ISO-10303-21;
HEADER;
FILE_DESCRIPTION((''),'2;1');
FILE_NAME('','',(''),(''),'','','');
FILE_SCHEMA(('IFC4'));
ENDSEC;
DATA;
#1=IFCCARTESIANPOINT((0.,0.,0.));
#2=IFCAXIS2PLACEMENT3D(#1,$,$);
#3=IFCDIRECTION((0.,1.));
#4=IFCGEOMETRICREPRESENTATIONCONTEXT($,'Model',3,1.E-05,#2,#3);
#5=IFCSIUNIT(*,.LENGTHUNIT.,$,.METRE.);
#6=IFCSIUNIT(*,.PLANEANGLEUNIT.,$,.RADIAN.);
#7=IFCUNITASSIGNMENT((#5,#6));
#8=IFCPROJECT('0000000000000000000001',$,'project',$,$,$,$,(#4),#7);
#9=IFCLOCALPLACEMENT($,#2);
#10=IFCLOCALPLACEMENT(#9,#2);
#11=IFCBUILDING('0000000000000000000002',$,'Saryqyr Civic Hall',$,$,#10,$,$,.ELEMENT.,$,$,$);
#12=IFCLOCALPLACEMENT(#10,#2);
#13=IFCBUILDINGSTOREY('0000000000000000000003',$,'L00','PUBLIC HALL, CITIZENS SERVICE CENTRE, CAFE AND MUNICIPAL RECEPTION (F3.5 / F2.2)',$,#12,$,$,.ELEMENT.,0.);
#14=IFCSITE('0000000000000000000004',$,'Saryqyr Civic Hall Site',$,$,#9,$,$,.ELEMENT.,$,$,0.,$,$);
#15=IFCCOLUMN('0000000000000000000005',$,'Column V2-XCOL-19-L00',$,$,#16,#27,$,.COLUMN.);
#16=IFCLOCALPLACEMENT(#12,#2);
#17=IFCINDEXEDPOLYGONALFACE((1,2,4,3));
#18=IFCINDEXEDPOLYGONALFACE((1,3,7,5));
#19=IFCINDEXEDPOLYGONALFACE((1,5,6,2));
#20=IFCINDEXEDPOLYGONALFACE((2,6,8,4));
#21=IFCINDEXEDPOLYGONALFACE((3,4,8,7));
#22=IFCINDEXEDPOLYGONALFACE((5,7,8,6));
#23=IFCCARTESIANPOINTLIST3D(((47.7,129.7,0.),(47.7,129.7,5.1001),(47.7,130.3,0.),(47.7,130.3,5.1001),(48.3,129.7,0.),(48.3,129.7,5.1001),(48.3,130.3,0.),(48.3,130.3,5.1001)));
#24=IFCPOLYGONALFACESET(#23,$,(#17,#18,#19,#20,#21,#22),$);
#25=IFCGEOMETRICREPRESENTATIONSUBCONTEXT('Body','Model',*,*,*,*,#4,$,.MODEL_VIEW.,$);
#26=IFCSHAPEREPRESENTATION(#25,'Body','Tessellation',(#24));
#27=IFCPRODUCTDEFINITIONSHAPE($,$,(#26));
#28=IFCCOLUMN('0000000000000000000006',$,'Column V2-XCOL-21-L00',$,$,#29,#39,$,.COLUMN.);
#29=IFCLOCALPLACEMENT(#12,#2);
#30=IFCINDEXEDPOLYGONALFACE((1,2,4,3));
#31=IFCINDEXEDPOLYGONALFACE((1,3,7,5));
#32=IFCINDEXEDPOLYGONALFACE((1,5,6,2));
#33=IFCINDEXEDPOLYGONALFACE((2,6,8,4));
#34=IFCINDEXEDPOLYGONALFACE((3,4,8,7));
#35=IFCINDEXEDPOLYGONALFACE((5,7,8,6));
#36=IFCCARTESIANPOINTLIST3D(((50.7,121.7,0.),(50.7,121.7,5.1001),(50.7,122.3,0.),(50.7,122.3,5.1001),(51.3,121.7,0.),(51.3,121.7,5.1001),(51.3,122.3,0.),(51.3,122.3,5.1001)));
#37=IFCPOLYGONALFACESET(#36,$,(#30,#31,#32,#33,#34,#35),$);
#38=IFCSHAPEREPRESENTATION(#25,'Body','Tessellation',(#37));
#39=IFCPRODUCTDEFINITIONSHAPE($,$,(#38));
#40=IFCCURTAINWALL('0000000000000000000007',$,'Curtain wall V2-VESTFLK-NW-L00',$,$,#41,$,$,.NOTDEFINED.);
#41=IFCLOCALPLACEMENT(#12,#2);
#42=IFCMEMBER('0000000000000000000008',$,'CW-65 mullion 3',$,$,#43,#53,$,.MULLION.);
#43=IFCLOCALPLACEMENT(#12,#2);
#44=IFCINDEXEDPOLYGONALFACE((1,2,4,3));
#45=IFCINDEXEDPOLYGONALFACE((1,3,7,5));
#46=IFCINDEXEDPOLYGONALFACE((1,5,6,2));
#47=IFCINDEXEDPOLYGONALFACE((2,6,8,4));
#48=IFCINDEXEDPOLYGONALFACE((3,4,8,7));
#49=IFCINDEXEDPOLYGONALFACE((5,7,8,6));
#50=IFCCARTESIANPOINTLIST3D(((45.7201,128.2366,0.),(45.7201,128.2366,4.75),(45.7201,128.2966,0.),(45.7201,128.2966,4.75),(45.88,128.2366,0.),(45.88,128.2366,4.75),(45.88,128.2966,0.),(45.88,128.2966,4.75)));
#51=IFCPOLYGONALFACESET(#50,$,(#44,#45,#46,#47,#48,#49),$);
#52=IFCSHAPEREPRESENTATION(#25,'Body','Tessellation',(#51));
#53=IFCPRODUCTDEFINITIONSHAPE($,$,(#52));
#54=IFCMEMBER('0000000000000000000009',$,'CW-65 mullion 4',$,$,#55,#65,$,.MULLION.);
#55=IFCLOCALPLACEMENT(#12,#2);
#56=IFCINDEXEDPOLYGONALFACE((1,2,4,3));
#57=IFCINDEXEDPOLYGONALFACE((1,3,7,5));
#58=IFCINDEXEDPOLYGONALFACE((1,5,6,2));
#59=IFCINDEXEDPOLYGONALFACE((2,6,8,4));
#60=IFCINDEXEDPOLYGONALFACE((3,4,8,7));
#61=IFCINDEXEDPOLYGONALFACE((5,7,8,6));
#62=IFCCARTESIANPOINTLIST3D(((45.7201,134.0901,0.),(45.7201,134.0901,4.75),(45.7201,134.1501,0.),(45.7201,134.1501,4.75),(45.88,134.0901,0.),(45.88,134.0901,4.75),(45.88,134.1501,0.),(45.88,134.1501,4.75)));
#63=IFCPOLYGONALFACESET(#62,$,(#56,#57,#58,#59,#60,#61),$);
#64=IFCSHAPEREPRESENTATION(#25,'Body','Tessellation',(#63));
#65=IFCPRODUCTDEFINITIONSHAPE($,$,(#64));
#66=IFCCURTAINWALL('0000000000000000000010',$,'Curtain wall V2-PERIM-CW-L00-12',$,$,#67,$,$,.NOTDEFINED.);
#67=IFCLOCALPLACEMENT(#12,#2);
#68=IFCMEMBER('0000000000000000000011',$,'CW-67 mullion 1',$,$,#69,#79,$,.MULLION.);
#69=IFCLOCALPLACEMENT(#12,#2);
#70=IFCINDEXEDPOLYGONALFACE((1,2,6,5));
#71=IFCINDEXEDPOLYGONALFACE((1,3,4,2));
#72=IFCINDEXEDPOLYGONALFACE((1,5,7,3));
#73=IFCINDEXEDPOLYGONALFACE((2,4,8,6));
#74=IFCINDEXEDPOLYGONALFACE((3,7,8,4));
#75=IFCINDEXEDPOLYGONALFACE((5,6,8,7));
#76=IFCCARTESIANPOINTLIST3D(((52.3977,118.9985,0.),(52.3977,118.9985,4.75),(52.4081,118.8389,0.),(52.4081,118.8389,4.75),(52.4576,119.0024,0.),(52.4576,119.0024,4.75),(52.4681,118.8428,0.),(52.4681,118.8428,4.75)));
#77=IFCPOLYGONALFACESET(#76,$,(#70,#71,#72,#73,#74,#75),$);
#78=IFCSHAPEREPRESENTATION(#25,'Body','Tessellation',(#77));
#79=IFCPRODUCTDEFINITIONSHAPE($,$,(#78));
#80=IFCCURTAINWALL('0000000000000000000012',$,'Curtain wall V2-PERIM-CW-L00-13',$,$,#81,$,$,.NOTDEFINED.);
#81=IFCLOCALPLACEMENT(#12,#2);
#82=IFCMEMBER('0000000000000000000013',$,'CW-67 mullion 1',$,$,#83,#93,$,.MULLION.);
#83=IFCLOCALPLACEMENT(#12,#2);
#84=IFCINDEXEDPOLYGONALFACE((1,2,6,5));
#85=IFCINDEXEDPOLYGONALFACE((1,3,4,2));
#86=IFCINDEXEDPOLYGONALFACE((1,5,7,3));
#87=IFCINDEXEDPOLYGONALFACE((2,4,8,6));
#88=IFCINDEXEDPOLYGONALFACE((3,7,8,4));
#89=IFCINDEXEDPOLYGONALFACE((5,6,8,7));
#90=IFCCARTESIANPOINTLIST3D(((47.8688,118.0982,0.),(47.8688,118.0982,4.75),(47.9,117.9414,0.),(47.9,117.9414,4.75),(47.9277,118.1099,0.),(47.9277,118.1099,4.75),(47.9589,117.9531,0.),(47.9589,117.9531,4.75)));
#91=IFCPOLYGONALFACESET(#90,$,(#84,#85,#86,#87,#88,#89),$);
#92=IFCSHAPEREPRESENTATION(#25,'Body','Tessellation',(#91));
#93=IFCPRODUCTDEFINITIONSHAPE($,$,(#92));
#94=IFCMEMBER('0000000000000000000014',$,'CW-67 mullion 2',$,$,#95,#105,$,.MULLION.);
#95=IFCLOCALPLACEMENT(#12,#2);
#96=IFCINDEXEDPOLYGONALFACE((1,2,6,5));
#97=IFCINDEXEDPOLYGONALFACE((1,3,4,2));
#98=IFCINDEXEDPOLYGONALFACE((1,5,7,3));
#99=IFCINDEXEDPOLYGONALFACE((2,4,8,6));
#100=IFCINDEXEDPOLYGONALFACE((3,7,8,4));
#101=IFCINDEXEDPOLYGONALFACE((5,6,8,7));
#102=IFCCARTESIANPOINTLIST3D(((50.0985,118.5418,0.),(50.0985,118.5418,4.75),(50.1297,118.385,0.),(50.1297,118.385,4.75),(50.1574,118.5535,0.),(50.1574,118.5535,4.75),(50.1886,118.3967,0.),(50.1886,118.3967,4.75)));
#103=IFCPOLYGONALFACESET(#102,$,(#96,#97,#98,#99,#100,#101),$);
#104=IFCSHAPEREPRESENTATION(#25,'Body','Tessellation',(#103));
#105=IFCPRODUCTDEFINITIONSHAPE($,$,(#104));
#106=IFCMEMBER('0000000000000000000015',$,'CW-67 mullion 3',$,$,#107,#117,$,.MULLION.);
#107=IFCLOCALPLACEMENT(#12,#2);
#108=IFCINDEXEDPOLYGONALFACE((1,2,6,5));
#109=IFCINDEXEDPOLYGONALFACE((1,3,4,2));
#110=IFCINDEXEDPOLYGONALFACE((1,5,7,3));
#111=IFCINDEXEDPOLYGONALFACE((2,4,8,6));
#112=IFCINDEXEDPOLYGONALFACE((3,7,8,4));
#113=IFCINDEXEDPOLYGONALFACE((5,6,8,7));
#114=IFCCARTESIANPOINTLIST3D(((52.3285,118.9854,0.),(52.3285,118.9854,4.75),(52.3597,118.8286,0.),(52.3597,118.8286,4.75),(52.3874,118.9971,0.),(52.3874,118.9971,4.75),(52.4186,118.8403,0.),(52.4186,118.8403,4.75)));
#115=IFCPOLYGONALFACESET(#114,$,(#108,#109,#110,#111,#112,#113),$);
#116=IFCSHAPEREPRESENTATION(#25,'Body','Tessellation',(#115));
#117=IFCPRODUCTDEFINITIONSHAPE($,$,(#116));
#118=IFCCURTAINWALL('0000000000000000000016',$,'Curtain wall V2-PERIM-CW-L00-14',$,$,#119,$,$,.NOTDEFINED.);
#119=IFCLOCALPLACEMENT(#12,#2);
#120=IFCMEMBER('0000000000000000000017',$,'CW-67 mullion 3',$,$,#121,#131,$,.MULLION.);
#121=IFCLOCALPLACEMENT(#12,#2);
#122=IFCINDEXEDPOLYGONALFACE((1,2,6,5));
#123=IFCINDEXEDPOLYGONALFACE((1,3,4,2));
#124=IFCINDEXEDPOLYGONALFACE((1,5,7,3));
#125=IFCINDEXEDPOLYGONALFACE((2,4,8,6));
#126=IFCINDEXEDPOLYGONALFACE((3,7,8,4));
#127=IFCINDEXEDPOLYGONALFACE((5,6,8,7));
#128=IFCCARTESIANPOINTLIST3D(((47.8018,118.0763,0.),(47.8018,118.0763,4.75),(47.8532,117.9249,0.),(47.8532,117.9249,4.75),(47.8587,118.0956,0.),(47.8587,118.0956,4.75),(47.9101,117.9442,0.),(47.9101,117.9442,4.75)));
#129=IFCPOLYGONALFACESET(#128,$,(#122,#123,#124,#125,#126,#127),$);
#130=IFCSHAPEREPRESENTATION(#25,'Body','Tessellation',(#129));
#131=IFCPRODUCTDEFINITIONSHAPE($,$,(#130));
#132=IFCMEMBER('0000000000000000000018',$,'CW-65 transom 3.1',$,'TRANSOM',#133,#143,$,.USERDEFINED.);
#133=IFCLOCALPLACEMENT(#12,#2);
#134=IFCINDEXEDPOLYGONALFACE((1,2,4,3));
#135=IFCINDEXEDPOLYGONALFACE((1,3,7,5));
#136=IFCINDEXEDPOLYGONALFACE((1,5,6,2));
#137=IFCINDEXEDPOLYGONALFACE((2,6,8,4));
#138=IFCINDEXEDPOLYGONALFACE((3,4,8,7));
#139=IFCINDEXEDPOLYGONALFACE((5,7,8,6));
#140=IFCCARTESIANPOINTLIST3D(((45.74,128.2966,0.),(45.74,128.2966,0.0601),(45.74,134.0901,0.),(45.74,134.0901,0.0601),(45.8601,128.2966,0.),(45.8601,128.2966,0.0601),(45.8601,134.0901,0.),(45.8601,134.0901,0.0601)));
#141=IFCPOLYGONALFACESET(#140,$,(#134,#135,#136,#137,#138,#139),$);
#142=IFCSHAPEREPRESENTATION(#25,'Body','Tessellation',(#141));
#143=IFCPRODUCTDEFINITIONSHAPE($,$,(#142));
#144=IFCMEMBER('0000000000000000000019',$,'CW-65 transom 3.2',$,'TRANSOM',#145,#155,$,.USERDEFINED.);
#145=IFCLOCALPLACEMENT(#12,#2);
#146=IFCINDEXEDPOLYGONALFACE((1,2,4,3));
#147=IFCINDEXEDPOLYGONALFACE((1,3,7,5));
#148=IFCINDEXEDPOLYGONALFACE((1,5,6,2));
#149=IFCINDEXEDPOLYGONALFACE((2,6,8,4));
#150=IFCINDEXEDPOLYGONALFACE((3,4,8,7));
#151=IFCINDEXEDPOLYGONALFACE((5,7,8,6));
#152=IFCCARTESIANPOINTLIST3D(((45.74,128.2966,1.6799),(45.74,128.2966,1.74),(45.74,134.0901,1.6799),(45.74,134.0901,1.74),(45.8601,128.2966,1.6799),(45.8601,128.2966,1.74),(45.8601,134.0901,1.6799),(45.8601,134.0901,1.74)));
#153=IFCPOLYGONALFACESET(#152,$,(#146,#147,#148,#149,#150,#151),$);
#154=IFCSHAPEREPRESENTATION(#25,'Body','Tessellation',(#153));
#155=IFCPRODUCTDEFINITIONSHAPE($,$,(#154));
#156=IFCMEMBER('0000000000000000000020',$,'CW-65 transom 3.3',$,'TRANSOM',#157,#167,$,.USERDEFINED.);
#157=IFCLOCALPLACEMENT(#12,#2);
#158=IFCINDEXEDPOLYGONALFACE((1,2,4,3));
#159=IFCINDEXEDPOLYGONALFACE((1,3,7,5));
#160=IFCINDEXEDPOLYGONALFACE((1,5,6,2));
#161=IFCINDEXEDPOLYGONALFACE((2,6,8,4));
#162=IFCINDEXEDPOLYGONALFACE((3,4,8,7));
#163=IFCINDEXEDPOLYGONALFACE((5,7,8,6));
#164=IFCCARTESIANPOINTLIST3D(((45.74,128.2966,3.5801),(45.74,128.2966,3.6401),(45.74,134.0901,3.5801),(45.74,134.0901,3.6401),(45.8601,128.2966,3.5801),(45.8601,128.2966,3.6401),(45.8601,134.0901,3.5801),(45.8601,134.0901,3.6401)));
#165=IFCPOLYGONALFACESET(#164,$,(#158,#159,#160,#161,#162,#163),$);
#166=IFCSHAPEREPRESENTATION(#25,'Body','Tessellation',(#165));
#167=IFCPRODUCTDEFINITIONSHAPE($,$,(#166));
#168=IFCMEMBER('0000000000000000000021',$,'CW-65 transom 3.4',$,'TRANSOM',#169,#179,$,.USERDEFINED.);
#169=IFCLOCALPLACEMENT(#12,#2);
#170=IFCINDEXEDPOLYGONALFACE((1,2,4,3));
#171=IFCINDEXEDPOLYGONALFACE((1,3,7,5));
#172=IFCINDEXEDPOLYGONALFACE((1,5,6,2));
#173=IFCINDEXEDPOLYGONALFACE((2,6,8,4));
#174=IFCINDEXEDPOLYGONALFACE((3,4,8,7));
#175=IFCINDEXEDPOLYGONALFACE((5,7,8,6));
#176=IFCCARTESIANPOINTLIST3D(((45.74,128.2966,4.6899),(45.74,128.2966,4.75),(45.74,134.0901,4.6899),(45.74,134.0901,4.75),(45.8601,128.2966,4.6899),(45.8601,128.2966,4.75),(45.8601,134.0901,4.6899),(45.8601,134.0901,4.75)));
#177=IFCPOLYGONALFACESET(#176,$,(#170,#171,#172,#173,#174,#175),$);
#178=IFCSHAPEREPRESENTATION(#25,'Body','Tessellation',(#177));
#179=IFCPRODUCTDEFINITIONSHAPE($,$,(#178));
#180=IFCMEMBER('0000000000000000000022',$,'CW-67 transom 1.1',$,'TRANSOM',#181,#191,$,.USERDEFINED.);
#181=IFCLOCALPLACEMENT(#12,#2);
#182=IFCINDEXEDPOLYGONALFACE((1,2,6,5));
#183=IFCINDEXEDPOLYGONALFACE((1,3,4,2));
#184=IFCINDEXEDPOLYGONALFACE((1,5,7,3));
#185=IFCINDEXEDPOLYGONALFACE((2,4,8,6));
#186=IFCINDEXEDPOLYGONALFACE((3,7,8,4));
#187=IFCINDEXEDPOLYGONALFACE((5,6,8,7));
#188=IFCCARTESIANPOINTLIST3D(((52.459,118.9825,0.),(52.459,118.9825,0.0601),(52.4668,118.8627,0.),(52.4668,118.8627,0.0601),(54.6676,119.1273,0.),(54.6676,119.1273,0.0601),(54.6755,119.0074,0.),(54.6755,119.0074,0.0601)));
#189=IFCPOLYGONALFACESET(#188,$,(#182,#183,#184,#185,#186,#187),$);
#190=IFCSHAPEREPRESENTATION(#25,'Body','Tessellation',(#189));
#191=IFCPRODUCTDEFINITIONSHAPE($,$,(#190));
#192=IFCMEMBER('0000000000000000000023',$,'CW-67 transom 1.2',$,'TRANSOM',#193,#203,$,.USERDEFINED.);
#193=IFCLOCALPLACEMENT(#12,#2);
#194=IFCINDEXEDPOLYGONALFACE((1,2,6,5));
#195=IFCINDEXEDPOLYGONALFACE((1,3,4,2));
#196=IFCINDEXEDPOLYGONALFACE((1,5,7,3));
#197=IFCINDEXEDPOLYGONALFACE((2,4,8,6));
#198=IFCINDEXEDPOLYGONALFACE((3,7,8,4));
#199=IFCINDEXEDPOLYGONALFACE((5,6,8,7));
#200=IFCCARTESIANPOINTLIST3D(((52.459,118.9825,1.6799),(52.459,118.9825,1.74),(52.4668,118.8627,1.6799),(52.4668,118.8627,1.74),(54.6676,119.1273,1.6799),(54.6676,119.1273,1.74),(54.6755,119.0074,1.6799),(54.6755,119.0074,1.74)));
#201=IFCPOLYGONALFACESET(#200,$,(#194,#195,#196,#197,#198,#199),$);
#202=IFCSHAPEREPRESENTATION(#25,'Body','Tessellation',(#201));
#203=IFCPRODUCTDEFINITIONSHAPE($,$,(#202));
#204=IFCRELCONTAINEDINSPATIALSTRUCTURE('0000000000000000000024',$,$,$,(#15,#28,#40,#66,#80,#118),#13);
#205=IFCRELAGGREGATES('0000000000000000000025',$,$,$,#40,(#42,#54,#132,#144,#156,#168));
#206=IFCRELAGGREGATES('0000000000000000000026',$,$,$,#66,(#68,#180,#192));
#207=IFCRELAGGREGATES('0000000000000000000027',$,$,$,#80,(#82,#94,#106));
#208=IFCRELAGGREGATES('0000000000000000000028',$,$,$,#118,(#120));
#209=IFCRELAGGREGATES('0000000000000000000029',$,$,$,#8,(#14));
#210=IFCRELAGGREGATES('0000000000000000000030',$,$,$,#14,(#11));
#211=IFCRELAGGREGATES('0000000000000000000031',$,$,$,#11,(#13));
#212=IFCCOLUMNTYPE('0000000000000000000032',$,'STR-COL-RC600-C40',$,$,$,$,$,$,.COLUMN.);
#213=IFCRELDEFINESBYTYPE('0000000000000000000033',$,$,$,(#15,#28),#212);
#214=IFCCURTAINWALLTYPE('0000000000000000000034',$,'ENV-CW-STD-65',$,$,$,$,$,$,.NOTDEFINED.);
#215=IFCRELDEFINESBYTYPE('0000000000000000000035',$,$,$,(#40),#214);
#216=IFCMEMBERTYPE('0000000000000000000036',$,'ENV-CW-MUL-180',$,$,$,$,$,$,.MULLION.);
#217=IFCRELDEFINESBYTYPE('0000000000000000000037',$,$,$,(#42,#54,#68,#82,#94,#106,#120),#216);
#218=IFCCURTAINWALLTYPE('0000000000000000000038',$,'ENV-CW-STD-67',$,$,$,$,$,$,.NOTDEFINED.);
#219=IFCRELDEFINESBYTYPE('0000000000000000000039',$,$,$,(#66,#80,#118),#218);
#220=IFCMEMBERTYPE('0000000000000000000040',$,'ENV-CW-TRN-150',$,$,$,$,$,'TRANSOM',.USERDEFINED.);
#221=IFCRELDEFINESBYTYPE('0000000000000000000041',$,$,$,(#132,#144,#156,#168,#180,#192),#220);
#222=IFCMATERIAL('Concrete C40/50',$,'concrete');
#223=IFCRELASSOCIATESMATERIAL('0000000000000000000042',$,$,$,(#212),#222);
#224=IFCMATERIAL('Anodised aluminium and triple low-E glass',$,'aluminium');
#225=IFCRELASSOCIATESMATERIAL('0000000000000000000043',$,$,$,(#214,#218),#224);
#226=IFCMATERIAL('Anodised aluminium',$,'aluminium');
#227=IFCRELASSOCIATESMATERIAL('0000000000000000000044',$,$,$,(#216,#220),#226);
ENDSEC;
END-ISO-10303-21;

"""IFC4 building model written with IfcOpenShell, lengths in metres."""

from ifc_helpers import new_model, si_unit, direction, frame, origin, origin_2d, place, context, subcontext, project, spatial, rectangle, extrude, material, material_profile, profile_set, type_object, element, aggregate, save


model = new_model("IFC4")

# Units and contexts
model_context = context("Model", 3, precision=1e-05, world=origin(), true_north=direction((0.0, 1.0)))
body_context = subcontext(model_context, "Body", "Model", "MODEL_VIEW")
ifc_project = project(units=[si_unit("LENGTHUNIT", "METRE"), si_unit("PLANEANGLEUNIT", "RADIAN")], contexts=[model_context])

# Site, building, storey
site_placement = place(None, origin())
site = spatial("IfcSite", under=ifc_project, at=site_placement, Name="Saryqyr Civic Hall Site", CompositionType="ELEMENT", RefElevation=0.0)
building_placement = place(site_placement, origin())
building = spatial("IfcBuilding", under=site, at=building_placement, Name="Saryqyr Civic Hall", CompositionType="ELEMENT")
storey_placement = place(building_placement, origin())
storey = spatial("IfcBuildingStorey", under=building, at=storey_placement, Name="L00", Description="PUBLIC HALL, CITIZENS SERVICE CENTRE, CAFE AND MUNICIPAL RECEPTION (F3.5 / F2.2)", CompositionType="ELEMENT", Elevation=0.0)

# Columns
ifc_material_1 = material(Name="Concrete C40/50", Category="concrete")
ifc_material_profile_1 = material_profile(ifc_material_1, rectangle(XDim=0.6001, YDim=0.6001, at=origin_2d()), Name="RC 600x600")
ifc_profile_set_1 = profile_set([ifc_material_profile_1], Name="Concrete C40/50")
column_type = type_object("IfcColumnType", Name="STR-COL-RC600-C40", PredefinedType="COLUMN", material=ifc_profile_set_1)
for number, where, z_axis, x_axis, name in (
    (1, (48.0, 130.0, 0.0), (0.0, 0.0, 1.0), (1.0, 0.0, 0.0), "Column V2-XCOL-19-L00"),
    (2, (51.0, 122.0, 0.0), (0.0, 0.0, 1.0), (1.0, 0.0, 0.0), "Column V2-XCOL-21-L00"),
):
    element("IfcColumn", number, at=place(storey_placement, frame(where, z_axis=z_axis, x_axis=x_axis)), inside=storey, type_object=column_type, Name=name, PredefinedType="COLUMN", context=body_context, shape_type="SweptSolid", body=[
        extrude(rectangle(XDim=0.6001, YDim=0.6001, at=origin_2d()), origin(), (0.0, 0.0, 1.0), 5.1001),
    ])

# Curtain wall, members
ifc_material_2 = material(Name="Anodised aluminium and triple low-E glass", Category="aluminium")
curtain_wall_type_1 = type_object("IfcCurtainWallType", Name="ENV-CW-STD-65", PredefinedType="NOTDEFINED", material=ifc_material_2)
curtain_wall_1_placement = place(storey_placement, origin())
curtain_wall_1 = element("IfcCurtainWall", 3, at=curtain_wall_1_placement, inside=storey, type_object=curtain_wall_type_1, Name="Curtain wall V2-VESTFLK-NW-L00", PredefinedType="NOTDEFINED")
ifc_material_3 = material(Name="Anodised aluminium", Category="aluminium")
ifc_material_profile_2 = material_profile(ifc_material_3, rectangle(XDim=0.0601, YDim=0.1599, at=origin_2d()), Name="ALU MULLION 60x160")
ifc_profile_set_2 = profile_set([ifc_material_profile_2], Name="Anodised aluminium")
member_type_1 = type_object("IfcMemberType", Name="ENV-CW-MUL-180", PredefinedType="MULLION", material=ifc_profile_set_2)
member_1_placement = place(storey_placement, frame((45.8, 128.2666, 0.0), z_axis=(0.0, 0.0, 1.0), x_axis=(0.0, 1.0, 0.0)))
member_1 = element("IfcMember", 4, at=member_1_placement, type_object=member_type_1, Name="CW-65 mullion 3", PredefinedType="MULLION", context=body_context, shape_type="SweptSolid", body=[
    extrude(rectangle(XDim=0.0601, YDim=0.1599, at=origin_2d()), origin(), (0.0, 0.0, 1.0), 4.75),
])
member_2_placement = place(storey_placement, frame((45.8, 134.1201, 0.0), z_axis=(0.0, 0.0, 1.0), x_axis=(0.0, 1.0, 0.0)))
member_2 = element("IfcMember", 5, at=member_2_placement, type_object=member_type_1, Name="CW-65 mullion 4", PredefinedType="MULLION", context=body_context, shape_type="SweptSolid", body=[
    extrude(rectangle(XDim=0.0601, YDim=0.1599, at=origin_2d()), origin(), (0.0, 0.0, 1.0), 4.75),
])

# Curtain wall, member
curtain_wall_type_2 = type_object("IfcCurtainWallType", Name="ENV-CW-STD-67", PredefinedType="NOTDEFINED", material=ifc_material_2)
curtain_wall_2_placement = place(storey_placement, origin())
curtain_wall_2 = element("IfcCurtainWall", 6, at=curtain_wall_2_placement, inside=storey, type_object=curtain_wall_type_2, Name="Curtain wall V2-PERIM-CW-L00-12", PredefinedType="NOTDEFINED")
member_3_placement = place(storey_placement, frame((52.4329, 118.9207, 0.0), z_axis=(0.0, 0.0, 1.0), x_axis=(0.997859, 0.065401, 0.0)))
member_3 = element("IfcMember", 7, at=member_3_placement, type_object=member_type_1, Name="CW-67 mullion 1", PredefinedType="MULLION", context=body_context, shape_type="SweptSolid", body=[
    extrude(rectangle(XDim=0.0601, YDim=0.1599, at=origin_2d()), origin(), (0.0, 0.0, 1.0), 4.75),
])

# Curtain wall, members
curtain_wall_3_placement = place(storey_placement, origin())
curtain_wall_3 = element("IfcCurtainWall", 8, at=curtain_wall_3_placement, inside=storey, type_object=curtain_wall_type_2, Name="Curtain wall V2-PERIM-CW-L00-13", PredefinedType="NOTDEFINED")
member_4_placement = place(storey_placement, frame((47.9138, 118.0256, 0.0), z_axis=(0.0, 0.0, 1.0), x_axis=(0.980785, 0.195093, 0.0)))
member_4 = element("IfcMember", 9, at=member_4_placement, type_object=member_type_1, Name="CW-67 mullion 1", PredefinedType="MULLION", context=body_context, shape_type="SweptSolid", body=[
    extrude(rectangle(XDim=0.0601, YDim=0.1599, at=origin_2d()), origin(), (0.0, 0.0, 1.0), 4.75),
])
member_5_placement = place(storey_placement, frame((50.1436, 118.4692, 0.0), z_axis=(0.0, 0.0, 1.0), x_axis=(0.980785, 0.195093, 0.0)))
member_5 = element("IfcMember", 10, at=member_5_placement, type_object=member_type_1, Name="CW-67 mullion 2", PredefinedType="MULLION", context=body_context, shape_type="SweptSolid", body=[
    extrude(rectangle(XDim=0.0601, YDim=0.1599, at=origin_2d()), origin(), (0.0, 0.0, 1.0), 4.75),
])
member_6_placement = place(storey_placement, frame((52.3735, 118.9128, 0.0), z_axis=(0.0, 0.0, 1.0), x_axis=(0.980785, 0.195093, 0.0)))
member_6 = element("IfcMember", 11, at=member_6_placement, type_object=member_type_1, Name="CW-67 mullion 3", PredefinedType="MULLION", context=body_context, shape_type="SweptSolid", body=[
    extrude(rectangle(XDim=0.0601, YDim=0.1599, at=origin_2d()), origin(), (0.0, 0.0, 1.0), 4.75),
])

# Curtain wall, member
curtain_wall_4_placement = place(storey_placement, origin())
curtain_wall_4 = element("IfcCurtainWall", 12, at=curtain_wall_4_placement, inside=storey, type_object=curtain_wall_type_2, Name="Curtain wall V2-PERIM-CW-L00-14", PredefinedType="NOTDEFINED")
member_7_placement = place(storey_placement, frame((47.856, 118.0103, 0.0), z_axis=(0.0, 0.0, 1.0), x_axis=(0.946928, 0.321445, 0.0)))
member_7 = element("IfcMember", 13, at=member_7_placement, type_object=member_type_1, Name="CW-67 mullion 3", PredefinedType="MULLION", context=body_context, shape_type="SweptSolid", body=[
    extrude(rectangle(XDim=0.0601, YDim=0.1599, at=origin_2d()), origin(), (0.0, 0.0, 1.0), 4.75),
])

# Members
ifc_material_profile_3 = material_profile(ifc_material_3, rectangle(XDim=0.1201, YDim=0.0601, at=origin_2d()), Name="ALU TRANSOM 120x60")
ifc_profile_set_3 = profile_set([ifc_material_profile_3], Name="Anodised aluminium")
member_type_2 = type_object("IfcMemberType", Name="ENV-CW-TRN-150", ElementType="TRANSOM", PredefinedType="USERDEFINED", material=ifc_profile_set_3)
member_8_placement = place(storey_placement, frame((45.8, 128.2966, 0.03), z_axis=(0.0, 1.0, 0.0), x_axis=(-1.0, 0.0, 0.0)))
member_8 = element("IfcMember", 14, at=member_8_placement, type_object=member_type_2, Name="CW-65 transom 3.1", ObjectType="TRANSOM", PredefinedType="USERDEFINED", context=body_context, shape_type="SweptSolid", body=[
    extrude(rectangle(XDim=0.1201, YDim=0.0601, at=origin_2d()), origin(), (0.0, 0.0, 1.0), 5.7935),
])
member_9_placement = place(storey_placement, frame((45.8, 128.2966, 1.71), z_axis=(0.0, 1.0, 0.0), x_axis=(-1.0, 0.0, 0.0)))
member_9 = element("IfcMember", 15, at=member_9_placement, type_object=member_type_2, Name="CW-65 transom 3.2", ObjectType="TRANSOM", PredefinedType="USERDEFINED", context=body_context, shape_type="SweptSolid", body=[
    extrude(rectangle(XDim=0.1201, YDim=0.0601, at=origin_2d()), origin(), (0.0, 0.0, 1.0), 5.7935),
])
member_10_placement = place(storey_placement, frame((45.8, 128.2966, 3.6101), z_axis=(0.0, 1.0, 0.0), x_axis=(-1.0, 0.0, 0.0)))
member_10 = element("IfcMember", 16, at=member_10_placement, type_object=member_type_2, Name="CW-65 transom 3.3", ObjectType="TRANSOM", PredefinedType="USERDEFINED", context=body_context, shape_type="SweptSolid", body=[
    extrude(rectangle(XDim=0.1201, YDim=0.0601, at=origin_2d()), origin(), (0.0, 0.0, 1.0), 5.7935),
])
member_11_placement = place(storey_placement, frame((45.8, 128.2966, 4.72), z_axis=(0.0, 1.0, 0.0), x_axis=(-1.0, 0.0, 0.0)))
member_11 = element("IfcMember", 17, at=member_11_placement, type_object=member_type_2, Name="CW-65 transom 3.4", ObjectType="TRANSOM", PredefinedType="USERDEFINED", context=body_context, shape_type="SweptSolid", body=[
    extrude(rectangle(XDim=0.1201, YDim=0.0601, at=origin_2d()), origin(), (0.0, 0.0, 1.0), 5.7935),
])
member_12_placement = place(storey_placement, frame((52.4629, 118.9226, 0.03), z_axis=(0.997859, 0.065406, 0.0), x_axis=(-0.065406, 0.997859, 0.0)))
member_12 = element("IfcMember", 18, at=member_12_placement, type_object=member_type_2, Name="CW-67 transom 1.1", ObjectType="TRANSOM", PredefinedType="USERDEFINED", context=body_context, shape_type="SweptSolid", body=[
    extrude(rectangle(XDim=0.1201, YDim=0.0601, at=origin_2d()), origin(), (0.0, 0.0, 1.0), 2.2134),
])
member_13_placement = place(storey_placement, frame((52.4629, 118.9226, 1.71), z_axis=(0.997859, 0.065406, 0.0), x_axis=(-0.065406, 0.997859, 0.0)))
member_13 = element("IfcMember", 19, at=member_13_placement, type_object=member_type_2, Name="CW-67 transom 1.2", ObjectType="TRANSOM", PredefinedType="USERDEFINED", context=body_context, shape_type="SweptSolid", body=[
    extrude(rectangle(XDim=0.1201, YDim=0.0601, at=origin_2d()), origin(), (0.0, 0.0, 1.0), 2.2134),
])

aggregate(curtain_wall_1, [member_1, member_2, member_8, member_9, member_10, member_11])
aggregate(curtain_wall_2, [member_3, member_12, member_13])
aggregate(curtain_wall_3, [member_4, member_5, member_6])
aggregate(curtain_wall_4, [member_7])

save(model, "model.ifc")
